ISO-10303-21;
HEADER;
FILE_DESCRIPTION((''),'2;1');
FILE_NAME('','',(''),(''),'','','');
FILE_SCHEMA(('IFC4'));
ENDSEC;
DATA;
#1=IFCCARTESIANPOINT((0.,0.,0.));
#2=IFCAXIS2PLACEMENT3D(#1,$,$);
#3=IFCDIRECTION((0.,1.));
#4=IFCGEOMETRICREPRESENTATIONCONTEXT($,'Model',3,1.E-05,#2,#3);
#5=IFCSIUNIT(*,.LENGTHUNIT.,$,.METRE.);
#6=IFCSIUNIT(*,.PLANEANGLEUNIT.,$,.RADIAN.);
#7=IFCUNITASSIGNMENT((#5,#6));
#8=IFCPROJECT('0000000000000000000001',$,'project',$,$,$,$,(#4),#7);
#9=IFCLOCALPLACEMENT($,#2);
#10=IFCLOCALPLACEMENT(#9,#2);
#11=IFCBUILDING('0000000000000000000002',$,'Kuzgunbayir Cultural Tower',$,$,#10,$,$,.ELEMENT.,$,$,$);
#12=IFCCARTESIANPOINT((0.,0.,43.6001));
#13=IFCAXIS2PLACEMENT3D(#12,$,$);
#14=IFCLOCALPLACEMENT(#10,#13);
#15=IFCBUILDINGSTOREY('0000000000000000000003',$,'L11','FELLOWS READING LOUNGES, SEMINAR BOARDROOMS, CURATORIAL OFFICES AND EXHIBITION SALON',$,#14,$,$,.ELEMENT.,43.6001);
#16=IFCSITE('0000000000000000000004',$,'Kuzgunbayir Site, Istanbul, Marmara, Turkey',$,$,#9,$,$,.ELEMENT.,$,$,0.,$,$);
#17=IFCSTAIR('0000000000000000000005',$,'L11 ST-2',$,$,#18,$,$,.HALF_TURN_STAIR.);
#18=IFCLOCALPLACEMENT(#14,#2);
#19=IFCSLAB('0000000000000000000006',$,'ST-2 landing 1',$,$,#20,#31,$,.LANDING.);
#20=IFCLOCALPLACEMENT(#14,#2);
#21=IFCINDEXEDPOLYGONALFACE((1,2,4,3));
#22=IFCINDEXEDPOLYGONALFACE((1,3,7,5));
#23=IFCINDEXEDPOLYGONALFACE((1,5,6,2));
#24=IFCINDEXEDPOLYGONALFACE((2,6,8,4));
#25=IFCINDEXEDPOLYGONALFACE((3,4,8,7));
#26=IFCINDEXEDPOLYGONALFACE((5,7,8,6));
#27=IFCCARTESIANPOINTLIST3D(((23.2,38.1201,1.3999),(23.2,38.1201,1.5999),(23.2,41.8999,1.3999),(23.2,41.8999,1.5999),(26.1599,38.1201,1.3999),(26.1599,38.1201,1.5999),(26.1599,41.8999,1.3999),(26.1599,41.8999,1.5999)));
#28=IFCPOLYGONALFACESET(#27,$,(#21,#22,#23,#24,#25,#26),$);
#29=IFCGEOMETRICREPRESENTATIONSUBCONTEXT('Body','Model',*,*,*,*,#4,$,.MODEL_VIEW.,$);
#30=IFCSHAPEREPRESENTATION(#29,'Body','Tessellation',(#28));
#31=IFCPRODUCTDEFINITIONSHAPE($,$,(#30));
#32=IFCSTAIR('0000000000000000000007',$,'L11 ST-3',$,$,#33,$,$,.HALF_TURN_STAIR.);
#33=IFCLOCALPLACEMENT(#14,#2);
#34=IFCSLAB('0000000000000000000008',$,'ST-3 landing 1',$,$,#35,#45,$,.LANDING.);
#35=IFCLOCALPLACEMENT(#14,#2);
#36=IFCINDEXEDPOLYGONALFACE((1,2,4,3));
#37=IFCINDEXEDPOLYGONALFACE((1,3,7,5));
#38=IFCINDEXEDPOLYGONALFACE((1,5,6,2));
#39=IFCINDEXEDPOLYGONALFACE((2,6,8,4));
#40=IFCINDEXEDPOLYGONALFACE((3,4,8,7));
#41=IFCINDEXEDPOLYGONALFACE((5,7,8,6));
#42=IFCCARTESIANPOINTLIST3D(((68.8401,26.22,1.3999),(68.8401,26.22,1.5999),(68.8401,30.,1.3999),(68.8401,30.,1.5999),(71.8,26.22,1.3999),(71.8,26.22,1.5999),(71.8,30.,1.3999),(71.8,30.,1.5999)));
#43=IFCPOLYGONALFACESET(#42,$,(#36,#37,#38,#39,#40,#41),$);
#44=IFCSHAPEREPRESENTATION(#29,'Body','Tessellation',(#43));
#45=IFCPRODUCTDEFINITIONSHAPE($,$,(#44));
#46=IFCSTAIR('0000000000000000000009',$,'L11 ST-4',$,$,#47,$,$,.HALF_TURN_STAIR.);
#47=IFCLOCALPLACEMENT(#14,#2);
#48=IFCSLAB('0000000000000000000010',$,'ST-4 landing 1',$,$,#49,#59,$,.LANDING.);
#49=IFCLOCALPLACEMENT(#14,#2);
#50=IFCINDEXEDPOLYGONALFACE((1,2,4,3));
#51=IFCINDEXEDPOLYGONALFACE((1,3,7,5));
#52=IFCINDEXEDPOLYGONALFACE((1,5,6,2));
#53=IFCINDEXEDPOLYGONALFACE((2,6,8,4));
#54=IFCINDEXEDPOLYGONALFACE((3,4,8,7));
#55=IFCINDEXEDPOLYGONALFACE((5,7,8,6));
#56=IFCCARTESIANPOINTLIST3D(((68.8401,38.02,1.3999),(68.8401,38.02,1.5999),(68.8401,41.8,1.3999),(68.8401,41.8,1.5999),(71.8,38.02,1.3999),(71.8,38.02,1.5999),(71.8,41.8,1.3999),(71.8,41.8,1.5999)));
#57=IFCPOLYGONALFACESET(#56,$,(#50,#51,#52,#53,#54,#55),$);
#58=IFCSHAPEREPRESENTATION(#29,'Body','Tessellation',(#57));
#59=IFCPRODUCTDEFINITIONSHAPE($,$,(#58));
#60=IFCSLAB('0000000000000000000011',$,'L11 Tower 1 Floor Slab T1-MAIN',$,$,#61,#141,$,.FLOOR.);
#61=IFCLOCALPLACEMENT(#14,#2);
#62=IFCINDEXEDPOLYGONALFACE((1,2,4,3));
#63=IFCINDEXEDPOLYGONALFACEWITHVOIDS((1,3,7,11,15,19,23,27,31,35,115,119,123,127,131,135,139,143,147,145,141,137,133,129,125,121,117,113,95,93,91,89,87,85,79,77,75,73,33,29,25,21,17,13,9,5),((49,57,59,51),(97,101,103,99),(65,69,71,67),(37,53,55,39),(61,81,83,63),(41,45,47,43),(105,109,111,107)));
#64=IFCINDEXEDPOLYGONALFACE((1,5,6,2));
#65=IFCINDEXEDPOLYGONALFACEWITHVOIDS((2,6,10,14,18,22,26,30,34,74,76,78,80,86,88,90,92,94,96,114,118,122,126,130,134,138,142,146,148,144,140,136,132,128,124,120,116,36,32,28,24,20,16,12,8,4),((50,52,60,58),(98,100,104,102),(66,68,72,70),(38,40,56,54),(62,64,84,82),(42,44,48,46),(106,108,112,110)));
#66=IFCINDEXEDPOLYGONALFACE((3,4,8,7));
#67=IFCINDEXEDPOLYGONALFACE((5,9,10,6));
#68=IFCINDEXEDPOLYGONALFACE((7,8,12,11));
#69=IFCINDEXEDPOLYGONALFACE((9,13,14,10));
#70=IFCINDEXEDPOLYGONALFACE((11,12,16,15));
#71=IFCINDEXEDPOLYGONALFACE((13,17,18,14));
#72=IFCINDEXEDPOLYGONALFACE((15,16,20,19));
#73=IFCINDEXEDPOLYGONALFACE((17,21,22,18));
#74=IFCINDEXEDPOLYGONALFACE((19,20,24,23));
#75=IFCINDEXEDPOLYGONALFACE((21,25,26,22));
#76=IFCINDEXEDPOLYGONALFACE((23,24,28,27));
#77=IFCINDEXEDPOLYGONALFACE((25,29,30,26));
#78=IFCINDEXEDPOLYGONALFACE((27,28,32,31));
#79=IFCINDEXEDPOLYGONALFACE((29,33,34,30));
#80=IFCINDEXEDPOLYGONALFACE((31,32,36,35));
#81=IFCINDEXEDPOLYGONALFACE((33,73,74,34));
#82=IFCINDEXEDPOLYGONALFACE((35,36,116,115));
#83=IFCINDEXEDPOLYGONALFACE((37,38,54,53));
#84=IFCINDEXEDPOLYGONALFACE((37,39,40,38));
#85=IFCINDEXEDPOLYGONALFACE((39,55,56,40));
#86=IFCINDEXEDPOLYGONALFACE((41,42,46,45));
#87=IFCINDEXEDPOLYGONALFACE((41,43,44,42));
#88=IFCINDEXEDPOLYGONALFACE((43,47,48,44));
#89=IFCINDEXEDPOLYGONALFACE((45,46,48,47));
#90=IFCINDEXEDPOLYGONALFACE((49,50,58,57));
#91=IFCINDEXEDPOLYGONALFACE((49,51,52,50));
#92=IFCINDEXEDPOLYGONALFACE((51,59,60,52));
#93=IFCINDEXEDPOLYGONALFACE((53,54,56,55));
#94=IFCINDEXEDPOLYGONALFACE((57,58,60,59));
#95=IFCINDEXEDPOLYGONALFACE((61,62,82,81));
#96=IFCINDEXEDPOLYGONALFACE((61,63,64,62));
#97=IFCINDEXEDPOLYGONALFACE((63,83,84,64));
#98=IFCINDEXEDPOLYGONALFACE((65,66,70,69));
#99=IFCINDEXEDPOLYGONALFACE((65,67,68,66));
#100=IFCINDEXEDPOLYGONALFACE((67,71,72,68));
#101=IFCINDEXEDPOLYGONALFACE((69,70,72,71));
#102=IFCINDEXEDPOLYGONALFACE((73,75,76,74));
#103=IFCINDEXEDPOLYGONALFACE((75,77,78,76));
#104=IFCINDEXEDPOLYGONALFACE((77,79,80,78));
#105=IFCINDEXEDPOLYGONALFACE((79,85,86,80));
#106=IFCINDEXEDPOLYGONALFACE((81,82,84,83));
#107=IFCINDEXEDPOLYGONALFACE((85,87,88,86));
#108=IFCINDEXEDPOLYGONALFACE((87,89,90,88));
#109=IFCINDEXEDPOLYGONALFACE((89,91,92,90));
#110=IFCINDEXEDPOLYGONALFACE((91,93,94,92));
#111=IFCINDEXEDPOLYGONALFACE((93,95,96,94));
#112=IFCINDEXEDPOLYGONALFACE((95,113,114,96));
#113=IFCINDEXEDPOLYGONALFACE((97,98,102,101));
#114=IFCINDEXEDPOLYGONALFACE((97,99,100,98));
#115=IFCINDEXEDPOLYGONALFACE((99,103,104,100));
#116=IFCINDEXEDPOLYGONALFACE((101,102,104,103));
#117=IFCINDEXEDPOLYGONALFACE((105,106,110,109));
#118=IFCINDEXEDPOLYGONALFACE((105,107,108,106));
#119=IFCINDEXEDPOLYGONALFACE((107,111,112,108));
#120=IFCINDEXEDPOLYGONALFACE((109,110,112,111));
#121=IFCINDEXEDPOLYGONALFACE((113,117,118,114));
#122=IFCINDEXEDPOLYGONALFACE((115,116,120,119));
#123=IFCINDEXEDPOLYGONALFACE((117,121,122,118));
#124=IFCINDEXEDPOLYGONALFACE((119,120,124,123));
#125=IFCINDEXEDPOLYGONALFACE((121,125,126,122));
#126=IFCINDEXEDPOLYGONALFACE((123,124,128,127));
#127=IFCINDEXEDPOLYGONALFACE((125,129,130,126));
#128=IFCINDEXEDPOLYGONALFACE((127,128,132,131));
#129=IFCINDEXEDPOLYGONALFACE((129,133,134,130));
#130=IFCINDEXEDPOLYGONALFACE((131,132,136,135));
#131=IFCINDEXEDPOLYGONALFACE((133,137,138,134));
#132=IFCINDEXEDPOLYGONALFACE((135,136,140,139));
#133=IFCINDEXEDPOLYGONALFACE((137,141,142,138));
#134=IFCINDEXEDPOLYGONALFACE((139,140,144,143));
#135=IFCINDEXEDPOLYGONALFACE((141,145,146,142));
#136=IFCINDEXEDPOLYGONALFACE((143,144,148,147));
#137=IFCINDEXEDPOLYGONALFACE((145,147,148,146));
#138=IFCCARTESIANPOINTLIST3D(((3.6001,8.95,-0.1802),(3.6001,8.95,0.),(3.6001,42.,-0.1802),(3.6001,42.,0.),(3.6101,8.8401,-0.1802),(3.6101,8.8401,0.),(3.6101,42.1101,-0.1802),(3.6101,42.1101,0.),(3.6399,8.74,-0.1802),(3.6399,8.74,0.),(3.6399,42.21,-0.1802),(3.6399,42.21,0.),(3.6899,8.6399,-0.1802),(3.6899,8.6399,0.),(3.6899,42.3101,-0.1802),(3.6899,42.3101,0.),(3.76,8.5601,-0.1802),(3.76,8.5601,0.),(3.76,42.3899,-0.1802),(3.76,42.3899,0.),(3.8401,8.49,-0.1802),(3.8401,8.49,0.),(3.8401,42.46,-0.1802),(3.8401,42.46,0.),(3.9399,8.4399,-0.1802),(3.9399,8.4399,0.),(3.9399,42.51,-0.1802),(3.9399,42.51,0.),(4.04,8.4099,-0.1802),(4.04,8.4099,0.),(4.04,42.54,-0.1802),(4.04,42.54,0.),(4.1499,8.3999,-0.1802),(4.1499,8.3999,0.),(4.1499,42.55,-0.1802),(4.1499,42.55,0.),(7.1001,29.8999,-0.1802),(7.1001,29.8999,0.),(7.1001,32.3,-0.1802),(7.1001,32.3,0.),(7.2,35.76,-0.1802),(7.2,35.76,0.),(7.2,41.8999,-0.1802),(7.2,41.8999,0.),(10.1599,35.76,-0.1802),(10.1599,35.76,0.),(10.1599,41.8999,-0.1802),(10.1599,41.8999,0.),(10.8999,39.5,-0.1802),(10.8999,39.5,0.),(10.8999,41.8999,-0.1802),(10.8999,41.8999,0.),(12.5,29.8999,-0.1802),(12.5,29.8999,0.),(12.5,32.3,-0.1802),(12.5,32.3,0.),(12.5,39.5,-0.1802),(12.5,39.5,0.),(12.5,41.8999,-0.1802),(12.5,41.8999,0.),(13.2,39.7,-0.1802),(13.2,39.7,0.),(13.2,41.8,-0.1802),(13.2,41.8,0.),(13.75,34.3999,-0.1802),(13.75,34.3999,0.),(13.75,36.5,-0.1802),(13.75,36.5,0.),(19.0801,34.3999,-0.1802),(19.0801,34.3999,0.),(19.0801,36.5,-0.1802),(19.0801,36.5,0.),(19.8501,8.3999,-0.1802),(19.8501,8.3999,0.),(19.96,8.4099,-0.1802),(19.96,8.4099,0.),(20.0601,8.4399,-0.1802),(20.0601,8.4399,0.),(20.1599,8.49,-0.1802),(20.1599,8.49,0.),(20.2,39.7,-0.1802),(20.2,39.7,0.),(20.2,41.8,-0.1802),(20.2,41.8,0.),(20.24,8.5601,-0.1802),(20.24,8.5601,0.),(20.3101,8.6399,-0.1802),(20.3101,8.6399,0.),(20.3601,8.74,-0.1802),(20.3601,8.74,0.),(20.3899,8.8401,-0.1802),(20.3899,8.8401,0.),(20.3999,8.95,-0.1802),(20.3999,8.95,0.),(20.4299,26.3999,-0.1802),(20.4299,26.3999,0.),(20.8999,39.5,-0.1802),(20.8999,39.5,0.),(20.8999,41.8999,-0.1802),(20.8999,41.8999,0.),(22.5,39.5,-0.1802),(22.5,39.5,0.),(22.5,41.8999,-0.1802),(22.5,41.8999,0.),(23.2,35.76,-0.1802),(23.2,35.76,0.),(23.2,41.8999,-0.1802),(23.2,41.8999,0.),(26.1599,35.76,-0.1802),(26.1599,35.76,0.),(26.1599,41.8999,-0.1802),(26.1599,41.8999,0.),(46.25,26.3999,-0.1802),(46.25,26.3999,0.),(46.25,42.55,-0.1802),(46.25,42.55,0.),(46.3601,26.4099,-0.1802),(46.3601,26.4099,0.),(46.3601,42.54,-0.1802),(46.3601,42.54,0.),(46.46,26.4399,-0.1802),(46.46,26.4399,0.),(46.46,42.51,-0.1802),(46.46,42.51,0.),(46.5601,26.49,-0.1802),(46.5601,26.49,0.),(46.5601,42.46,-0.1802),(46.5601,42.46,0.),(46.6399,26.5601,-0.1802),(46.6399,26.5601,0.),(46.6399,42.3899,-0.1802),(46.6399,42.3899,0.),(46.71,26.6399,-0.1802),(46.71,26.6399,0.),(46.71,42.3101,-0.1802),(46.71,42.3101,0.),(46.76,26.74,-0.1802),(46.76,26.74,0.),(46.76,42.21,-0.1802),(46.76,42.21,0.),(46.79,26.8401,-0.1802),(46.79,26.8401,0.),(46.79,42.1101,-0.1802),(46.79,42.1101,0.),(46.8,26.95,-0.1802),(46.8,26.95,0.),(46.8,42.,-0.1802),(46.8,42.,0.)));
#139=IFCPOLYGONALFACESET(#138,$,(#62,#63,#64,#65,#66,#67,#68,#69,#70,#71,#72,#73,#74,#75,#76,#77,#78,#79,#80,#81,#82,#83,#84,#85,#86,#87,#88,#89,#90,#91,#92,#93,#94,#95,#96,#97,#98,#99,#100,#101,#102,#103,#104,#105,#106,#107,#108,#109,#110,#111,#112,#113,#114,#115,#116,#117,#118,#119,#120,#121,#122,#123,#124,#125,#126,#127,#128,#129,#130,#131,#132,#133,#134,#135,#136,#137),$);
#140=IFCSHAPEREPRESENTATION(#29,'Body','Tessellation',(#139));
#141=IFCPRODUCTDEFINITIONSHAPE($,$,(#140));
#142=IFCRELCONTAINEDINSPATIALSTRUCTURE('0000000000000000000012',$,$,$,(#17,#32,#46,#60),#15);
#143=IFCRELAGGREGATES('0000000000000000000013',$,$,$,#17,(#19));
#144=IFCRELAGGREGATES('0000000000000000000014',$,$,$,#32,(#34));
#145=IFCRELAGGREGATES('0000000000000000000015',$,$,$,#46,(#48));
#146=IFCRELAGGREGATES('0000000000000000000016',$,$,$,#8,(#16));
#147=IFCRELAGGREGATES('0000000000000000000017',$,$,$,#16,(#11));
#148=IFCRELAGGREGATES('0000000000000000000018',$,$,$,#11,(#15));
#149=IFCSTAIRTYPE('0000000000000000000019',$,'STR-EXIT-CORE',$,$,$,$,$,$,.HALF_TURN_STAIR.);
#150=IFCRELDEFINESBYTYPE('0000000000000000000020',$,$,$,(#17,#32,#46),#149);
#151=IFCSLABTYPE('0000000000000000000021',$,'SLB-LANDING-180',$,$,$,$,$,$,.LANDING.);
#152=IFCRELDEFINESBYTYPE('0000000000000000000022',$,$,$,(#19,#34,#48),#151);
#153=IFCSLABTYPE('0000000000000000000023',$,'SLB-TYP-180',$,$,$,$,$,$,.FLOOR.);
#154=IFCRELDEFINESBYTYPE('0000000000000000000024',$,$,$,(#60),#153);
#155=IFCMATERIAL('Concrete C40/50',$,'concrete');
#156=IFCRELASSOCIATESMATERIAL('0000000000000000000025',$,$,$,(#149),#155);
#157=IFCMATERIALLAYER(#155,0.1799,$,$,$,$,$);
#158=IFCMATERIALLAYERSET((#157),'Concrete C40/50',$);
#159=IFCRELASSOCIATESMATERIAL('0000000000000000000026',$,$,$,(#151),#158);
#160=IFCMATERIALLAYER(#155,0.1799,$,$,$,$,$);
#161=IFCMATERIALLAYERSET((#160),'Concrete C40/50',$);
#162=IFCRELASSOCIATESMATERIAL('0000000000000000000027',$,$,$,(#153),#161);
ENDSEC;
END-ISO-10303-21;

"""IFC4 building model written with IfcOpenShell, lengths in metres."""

from ifc_helpers import new_model, si_unit, direction, frame, origin, place, context, subcontext, project, spatial, polyline, outline, extrude, material, layer, layer_set, type_object, element, aggregate, save


model = new_model("IFC4")

# Units and contexts
model_context = context("Model", 3, precision=1e-05, world=origin(), true_north=direction((0.0, 1.0)))
body_context = subcontext(model_context, "Body", "Model", "MODEL_VIEW")
ifc_project = project(units=[si_unit("LENGTHUNIT", "METRE"), si_unit("PLANEANGLEUNIT", "RADIAN")], contexts=[model_context])

# Site, building, storey
site_placement = place(None, origin())
site = spatial("IfcSite", under=ifc_project, at=site_placement, Name="Kuzgunbayir Site, Istanbul, Marmara, Turkey", CompositionType="ELEMENT", RefElevation=0.0)
building_placement = place(site_placement, origin())
building = spatial("IfcBuilding", under=site, at=building_placement, Name="Kuzgunbayir Cultural Tower", CompositionType="ELEMENT")
storey_placement = place(building_placement, frame((0.0, 0.0, 43.6001)))
storey = spatial("IfcBuildingStorey", under=building, at=storey_placement, Name="L11", Description="FELLOWS READING LOUNGES, SEMINAR BOARDROOMS, CURATORIAL OFFICES AND EXHIBITION SALON", CompositionType="ELEMENT", Elevation=43.6001)

# Shared definitions
ifc_material_1 = material(Name="Concrete C40/50", Category="concrete")

# Stairs, slabs
stair_type = type_object("IfcStairType", Name="STR-EXIT-CORE", PredefinedType="HALF_TURN_STAIR", material=ifc_material_1)
ifc_layer_1 = layer(ifc_material_1, 0.1799)
ifc_layer_set_1 = layer_set([ifc_layer_1], Name="Concrete C40/50")
slab_type_1 = type_object("IfcSlabType", Name="SLB-LANDING-180", PredefinedType="LANDING", material=ifc_layer_set_1)
stair_1_placement = place(storey_placement, origin())
stair_1 = element("IfcStair", 1, at=stair_1_placement, inside=storey, type_object=stair_type, Name="L11 ST-2", PredefinedType="HALF_TURN_STAIR")
slab_1_placement = place(storey_placement, frame((0.0, 0.0, 1.3999)))
slab_1 = element("IfcSlab", 2, at=slab_1_placement, type_object=slab_type_1, Name="ST-2 landing 1", PredefinedType="LANDING", context=body_context, shape_type="SweptSolid", body=[
    extrude(outline(polyline([(26.1599, 38.1201), (26.1599, 41.8999), (23.2, 41.8999), (23.2, 38.1201), (26.1599, 38.1201)])), origin(), (0.0, 0.0, 1.0), 0.2),
])
aggregate(stair_1, [slab_1])
stair_2_placement = place(storey_placement, origin())
stair_2 = element("IfcStair", 3, at=stair_2_placement, inside=storey, type_object=stair_type, Name="L11 ST-3", PredefinedType="HALF_TURN_STAIR")
slab_2_placement = place(storey_placement, frame((0.0, 0.0, 1.3999)))
slab_2 = element("IfcSlab", 4, at=slab_2_placement, type_object=slab_type_1, Name="ST-3 landing 1", PredefinedType="LANDING", context=body_context, shape_type="SweptSolid", body=[
    extrude(outline(polyline([(71.8, 26.22), (71.8, 30.0), (68.8401, 30.0), (68.8401, 26.22), (71.8, 26.22)])), origin(), (0.0, 0.0, 1.0), 0.2),
])
aggregate(stair_2, [slab_2])
stair_3_placement = place(storey_placement, origin())
stair_3 = element("IfcStair", 5, at=stair_3_placement, inside=storey, type_object=stair_type, Name="L11 ST-4", PredefinedType="HALF_TURN_STAIR")
slab_3_placement = place(storey_placement, frame((0.0, 0.0, 1.3999)))
slab_3 = element("IfcSlab", 6, at=slab_3_placement, type_object=slab_type_1, Name="ST-4 landing 1", PredefinedType="LANDING", context=body_context, shape_type="SweptSolid", body=[
    extrude(outline(polyline([(71.8, 38.02), (71.8, 41.8), (68.8401, 41.8), (68.8401, 38.02), (71.8, 38.02)])), origin(), (0.0, 0.0, 1.0), 0.2),
])
aggregate(stair_3, [slab_3])

# Slab
ifc_layer_2 = layer(ifc_material_1, 0.1799)
ifc_layer_set_2 = layer_set([ifc_layer_2], Name="Concrete C40/50")
slab_type_2 = type_object("IfcSlabType", Name="SLB-TYP-180", PredefinedType="FLOOR", material=ifc_layer_set_2)
slab_4_placement = place(storey_placement, frame((0.0, 0.0, -0.1802)))
element("IfcSlab", 7, at=slab_4_placement, inside=storey, type_object=slab_type_2, Name="L11 Tower 1 Floor Slab T1-MAIN", PredefinedType="FLOOR", context=body_context, shape_type="SweptSolid", body=[
    extrude(outline(polyline([(20.3999, 8.95), (20.3899, 8.8401), (20.3601, 8.74), (20.3101, 8.6399), (20.24, 8.5601), (20.1599, 8.49), (20.0601, 8.4399), (19.96, 8.4099), (19.8501, 8.3999), (4.1499, 8.3999), (4.04, 8.4099), (3.9399, 8.4399), (3.8401, 8.49), (3.76, 8.5601), (3.6899, 8.6399), (3.6399, 8.74), (3.6101, 8.8401), (3.6001, 8.95), (3.6001, 42.0), (3.6101, 42.1101), (3.6399, 42.21), (3.6899, 42.3101), (3.76, 42.3899), (3.8401, 42.46), (3.9399, 42.51), (4.04, 42.54), (4.1499, 42.55), (46.25, 42.55), (46.3601, 42.54), (46.46, 42.51), (46.5601, 42.46), (46.6399, 42.3899), (46.71, 42.3101), (46.76, 42.21), (46.79, 42.1101), (46.8, 42.0), (46.8, 26.95), (46.79, 26.8401), (46.76, 26.74), (46.71, 26.6399), (46.6399, 26.5601), (46.5601, 26.49), (46.46, 26.4399), (46.3601, 26.4099), (46.25, 26.3999), (20.4299, 26.3999), (20.3999, 8.95)]), holes=[polyline([(7.2, 35.76), (7.2, 41.8999), (10.1599, 41.8999), (10.1599, 35.76), (7.2, 35.76)]), polyline([(23.2, 35.76), (23.2, 41.8999), (26.1599, 41.8999), (26.1599, 35.76), (23.2, 35.76)]), polyline([(13.2, 39.7), (13.2, 41.8), (20.2, 41.8), (20.2, 39.7), (13.2, 39.7)]), polyline([(13.75, 34.3999), (13.75, 36.5), (19.0801, 36.5), (19.0801, 34.3999), (13.75, 34.3999)]), polyline([(7.1001, 29.8999), (7.1001, 32.3), (12.5, 32.3), (12.5, 29.8999), (7.1001, 29.8999)]), polyline([(10.8999, 39.5), (10.8999, 41.8999), (12.5, 41.8999), (12.5, 39.5), (10.8999, 39.5)]), polyline([(20.8999, 39.5), (20.8999, 41.8999), (22.5, 41.8999), (22.5, 39.5), (20.8999, 39.5)])]), origin(), (0.0, 0.0, 1.0), 0.1802),
])

save(model, "model.ifc")
